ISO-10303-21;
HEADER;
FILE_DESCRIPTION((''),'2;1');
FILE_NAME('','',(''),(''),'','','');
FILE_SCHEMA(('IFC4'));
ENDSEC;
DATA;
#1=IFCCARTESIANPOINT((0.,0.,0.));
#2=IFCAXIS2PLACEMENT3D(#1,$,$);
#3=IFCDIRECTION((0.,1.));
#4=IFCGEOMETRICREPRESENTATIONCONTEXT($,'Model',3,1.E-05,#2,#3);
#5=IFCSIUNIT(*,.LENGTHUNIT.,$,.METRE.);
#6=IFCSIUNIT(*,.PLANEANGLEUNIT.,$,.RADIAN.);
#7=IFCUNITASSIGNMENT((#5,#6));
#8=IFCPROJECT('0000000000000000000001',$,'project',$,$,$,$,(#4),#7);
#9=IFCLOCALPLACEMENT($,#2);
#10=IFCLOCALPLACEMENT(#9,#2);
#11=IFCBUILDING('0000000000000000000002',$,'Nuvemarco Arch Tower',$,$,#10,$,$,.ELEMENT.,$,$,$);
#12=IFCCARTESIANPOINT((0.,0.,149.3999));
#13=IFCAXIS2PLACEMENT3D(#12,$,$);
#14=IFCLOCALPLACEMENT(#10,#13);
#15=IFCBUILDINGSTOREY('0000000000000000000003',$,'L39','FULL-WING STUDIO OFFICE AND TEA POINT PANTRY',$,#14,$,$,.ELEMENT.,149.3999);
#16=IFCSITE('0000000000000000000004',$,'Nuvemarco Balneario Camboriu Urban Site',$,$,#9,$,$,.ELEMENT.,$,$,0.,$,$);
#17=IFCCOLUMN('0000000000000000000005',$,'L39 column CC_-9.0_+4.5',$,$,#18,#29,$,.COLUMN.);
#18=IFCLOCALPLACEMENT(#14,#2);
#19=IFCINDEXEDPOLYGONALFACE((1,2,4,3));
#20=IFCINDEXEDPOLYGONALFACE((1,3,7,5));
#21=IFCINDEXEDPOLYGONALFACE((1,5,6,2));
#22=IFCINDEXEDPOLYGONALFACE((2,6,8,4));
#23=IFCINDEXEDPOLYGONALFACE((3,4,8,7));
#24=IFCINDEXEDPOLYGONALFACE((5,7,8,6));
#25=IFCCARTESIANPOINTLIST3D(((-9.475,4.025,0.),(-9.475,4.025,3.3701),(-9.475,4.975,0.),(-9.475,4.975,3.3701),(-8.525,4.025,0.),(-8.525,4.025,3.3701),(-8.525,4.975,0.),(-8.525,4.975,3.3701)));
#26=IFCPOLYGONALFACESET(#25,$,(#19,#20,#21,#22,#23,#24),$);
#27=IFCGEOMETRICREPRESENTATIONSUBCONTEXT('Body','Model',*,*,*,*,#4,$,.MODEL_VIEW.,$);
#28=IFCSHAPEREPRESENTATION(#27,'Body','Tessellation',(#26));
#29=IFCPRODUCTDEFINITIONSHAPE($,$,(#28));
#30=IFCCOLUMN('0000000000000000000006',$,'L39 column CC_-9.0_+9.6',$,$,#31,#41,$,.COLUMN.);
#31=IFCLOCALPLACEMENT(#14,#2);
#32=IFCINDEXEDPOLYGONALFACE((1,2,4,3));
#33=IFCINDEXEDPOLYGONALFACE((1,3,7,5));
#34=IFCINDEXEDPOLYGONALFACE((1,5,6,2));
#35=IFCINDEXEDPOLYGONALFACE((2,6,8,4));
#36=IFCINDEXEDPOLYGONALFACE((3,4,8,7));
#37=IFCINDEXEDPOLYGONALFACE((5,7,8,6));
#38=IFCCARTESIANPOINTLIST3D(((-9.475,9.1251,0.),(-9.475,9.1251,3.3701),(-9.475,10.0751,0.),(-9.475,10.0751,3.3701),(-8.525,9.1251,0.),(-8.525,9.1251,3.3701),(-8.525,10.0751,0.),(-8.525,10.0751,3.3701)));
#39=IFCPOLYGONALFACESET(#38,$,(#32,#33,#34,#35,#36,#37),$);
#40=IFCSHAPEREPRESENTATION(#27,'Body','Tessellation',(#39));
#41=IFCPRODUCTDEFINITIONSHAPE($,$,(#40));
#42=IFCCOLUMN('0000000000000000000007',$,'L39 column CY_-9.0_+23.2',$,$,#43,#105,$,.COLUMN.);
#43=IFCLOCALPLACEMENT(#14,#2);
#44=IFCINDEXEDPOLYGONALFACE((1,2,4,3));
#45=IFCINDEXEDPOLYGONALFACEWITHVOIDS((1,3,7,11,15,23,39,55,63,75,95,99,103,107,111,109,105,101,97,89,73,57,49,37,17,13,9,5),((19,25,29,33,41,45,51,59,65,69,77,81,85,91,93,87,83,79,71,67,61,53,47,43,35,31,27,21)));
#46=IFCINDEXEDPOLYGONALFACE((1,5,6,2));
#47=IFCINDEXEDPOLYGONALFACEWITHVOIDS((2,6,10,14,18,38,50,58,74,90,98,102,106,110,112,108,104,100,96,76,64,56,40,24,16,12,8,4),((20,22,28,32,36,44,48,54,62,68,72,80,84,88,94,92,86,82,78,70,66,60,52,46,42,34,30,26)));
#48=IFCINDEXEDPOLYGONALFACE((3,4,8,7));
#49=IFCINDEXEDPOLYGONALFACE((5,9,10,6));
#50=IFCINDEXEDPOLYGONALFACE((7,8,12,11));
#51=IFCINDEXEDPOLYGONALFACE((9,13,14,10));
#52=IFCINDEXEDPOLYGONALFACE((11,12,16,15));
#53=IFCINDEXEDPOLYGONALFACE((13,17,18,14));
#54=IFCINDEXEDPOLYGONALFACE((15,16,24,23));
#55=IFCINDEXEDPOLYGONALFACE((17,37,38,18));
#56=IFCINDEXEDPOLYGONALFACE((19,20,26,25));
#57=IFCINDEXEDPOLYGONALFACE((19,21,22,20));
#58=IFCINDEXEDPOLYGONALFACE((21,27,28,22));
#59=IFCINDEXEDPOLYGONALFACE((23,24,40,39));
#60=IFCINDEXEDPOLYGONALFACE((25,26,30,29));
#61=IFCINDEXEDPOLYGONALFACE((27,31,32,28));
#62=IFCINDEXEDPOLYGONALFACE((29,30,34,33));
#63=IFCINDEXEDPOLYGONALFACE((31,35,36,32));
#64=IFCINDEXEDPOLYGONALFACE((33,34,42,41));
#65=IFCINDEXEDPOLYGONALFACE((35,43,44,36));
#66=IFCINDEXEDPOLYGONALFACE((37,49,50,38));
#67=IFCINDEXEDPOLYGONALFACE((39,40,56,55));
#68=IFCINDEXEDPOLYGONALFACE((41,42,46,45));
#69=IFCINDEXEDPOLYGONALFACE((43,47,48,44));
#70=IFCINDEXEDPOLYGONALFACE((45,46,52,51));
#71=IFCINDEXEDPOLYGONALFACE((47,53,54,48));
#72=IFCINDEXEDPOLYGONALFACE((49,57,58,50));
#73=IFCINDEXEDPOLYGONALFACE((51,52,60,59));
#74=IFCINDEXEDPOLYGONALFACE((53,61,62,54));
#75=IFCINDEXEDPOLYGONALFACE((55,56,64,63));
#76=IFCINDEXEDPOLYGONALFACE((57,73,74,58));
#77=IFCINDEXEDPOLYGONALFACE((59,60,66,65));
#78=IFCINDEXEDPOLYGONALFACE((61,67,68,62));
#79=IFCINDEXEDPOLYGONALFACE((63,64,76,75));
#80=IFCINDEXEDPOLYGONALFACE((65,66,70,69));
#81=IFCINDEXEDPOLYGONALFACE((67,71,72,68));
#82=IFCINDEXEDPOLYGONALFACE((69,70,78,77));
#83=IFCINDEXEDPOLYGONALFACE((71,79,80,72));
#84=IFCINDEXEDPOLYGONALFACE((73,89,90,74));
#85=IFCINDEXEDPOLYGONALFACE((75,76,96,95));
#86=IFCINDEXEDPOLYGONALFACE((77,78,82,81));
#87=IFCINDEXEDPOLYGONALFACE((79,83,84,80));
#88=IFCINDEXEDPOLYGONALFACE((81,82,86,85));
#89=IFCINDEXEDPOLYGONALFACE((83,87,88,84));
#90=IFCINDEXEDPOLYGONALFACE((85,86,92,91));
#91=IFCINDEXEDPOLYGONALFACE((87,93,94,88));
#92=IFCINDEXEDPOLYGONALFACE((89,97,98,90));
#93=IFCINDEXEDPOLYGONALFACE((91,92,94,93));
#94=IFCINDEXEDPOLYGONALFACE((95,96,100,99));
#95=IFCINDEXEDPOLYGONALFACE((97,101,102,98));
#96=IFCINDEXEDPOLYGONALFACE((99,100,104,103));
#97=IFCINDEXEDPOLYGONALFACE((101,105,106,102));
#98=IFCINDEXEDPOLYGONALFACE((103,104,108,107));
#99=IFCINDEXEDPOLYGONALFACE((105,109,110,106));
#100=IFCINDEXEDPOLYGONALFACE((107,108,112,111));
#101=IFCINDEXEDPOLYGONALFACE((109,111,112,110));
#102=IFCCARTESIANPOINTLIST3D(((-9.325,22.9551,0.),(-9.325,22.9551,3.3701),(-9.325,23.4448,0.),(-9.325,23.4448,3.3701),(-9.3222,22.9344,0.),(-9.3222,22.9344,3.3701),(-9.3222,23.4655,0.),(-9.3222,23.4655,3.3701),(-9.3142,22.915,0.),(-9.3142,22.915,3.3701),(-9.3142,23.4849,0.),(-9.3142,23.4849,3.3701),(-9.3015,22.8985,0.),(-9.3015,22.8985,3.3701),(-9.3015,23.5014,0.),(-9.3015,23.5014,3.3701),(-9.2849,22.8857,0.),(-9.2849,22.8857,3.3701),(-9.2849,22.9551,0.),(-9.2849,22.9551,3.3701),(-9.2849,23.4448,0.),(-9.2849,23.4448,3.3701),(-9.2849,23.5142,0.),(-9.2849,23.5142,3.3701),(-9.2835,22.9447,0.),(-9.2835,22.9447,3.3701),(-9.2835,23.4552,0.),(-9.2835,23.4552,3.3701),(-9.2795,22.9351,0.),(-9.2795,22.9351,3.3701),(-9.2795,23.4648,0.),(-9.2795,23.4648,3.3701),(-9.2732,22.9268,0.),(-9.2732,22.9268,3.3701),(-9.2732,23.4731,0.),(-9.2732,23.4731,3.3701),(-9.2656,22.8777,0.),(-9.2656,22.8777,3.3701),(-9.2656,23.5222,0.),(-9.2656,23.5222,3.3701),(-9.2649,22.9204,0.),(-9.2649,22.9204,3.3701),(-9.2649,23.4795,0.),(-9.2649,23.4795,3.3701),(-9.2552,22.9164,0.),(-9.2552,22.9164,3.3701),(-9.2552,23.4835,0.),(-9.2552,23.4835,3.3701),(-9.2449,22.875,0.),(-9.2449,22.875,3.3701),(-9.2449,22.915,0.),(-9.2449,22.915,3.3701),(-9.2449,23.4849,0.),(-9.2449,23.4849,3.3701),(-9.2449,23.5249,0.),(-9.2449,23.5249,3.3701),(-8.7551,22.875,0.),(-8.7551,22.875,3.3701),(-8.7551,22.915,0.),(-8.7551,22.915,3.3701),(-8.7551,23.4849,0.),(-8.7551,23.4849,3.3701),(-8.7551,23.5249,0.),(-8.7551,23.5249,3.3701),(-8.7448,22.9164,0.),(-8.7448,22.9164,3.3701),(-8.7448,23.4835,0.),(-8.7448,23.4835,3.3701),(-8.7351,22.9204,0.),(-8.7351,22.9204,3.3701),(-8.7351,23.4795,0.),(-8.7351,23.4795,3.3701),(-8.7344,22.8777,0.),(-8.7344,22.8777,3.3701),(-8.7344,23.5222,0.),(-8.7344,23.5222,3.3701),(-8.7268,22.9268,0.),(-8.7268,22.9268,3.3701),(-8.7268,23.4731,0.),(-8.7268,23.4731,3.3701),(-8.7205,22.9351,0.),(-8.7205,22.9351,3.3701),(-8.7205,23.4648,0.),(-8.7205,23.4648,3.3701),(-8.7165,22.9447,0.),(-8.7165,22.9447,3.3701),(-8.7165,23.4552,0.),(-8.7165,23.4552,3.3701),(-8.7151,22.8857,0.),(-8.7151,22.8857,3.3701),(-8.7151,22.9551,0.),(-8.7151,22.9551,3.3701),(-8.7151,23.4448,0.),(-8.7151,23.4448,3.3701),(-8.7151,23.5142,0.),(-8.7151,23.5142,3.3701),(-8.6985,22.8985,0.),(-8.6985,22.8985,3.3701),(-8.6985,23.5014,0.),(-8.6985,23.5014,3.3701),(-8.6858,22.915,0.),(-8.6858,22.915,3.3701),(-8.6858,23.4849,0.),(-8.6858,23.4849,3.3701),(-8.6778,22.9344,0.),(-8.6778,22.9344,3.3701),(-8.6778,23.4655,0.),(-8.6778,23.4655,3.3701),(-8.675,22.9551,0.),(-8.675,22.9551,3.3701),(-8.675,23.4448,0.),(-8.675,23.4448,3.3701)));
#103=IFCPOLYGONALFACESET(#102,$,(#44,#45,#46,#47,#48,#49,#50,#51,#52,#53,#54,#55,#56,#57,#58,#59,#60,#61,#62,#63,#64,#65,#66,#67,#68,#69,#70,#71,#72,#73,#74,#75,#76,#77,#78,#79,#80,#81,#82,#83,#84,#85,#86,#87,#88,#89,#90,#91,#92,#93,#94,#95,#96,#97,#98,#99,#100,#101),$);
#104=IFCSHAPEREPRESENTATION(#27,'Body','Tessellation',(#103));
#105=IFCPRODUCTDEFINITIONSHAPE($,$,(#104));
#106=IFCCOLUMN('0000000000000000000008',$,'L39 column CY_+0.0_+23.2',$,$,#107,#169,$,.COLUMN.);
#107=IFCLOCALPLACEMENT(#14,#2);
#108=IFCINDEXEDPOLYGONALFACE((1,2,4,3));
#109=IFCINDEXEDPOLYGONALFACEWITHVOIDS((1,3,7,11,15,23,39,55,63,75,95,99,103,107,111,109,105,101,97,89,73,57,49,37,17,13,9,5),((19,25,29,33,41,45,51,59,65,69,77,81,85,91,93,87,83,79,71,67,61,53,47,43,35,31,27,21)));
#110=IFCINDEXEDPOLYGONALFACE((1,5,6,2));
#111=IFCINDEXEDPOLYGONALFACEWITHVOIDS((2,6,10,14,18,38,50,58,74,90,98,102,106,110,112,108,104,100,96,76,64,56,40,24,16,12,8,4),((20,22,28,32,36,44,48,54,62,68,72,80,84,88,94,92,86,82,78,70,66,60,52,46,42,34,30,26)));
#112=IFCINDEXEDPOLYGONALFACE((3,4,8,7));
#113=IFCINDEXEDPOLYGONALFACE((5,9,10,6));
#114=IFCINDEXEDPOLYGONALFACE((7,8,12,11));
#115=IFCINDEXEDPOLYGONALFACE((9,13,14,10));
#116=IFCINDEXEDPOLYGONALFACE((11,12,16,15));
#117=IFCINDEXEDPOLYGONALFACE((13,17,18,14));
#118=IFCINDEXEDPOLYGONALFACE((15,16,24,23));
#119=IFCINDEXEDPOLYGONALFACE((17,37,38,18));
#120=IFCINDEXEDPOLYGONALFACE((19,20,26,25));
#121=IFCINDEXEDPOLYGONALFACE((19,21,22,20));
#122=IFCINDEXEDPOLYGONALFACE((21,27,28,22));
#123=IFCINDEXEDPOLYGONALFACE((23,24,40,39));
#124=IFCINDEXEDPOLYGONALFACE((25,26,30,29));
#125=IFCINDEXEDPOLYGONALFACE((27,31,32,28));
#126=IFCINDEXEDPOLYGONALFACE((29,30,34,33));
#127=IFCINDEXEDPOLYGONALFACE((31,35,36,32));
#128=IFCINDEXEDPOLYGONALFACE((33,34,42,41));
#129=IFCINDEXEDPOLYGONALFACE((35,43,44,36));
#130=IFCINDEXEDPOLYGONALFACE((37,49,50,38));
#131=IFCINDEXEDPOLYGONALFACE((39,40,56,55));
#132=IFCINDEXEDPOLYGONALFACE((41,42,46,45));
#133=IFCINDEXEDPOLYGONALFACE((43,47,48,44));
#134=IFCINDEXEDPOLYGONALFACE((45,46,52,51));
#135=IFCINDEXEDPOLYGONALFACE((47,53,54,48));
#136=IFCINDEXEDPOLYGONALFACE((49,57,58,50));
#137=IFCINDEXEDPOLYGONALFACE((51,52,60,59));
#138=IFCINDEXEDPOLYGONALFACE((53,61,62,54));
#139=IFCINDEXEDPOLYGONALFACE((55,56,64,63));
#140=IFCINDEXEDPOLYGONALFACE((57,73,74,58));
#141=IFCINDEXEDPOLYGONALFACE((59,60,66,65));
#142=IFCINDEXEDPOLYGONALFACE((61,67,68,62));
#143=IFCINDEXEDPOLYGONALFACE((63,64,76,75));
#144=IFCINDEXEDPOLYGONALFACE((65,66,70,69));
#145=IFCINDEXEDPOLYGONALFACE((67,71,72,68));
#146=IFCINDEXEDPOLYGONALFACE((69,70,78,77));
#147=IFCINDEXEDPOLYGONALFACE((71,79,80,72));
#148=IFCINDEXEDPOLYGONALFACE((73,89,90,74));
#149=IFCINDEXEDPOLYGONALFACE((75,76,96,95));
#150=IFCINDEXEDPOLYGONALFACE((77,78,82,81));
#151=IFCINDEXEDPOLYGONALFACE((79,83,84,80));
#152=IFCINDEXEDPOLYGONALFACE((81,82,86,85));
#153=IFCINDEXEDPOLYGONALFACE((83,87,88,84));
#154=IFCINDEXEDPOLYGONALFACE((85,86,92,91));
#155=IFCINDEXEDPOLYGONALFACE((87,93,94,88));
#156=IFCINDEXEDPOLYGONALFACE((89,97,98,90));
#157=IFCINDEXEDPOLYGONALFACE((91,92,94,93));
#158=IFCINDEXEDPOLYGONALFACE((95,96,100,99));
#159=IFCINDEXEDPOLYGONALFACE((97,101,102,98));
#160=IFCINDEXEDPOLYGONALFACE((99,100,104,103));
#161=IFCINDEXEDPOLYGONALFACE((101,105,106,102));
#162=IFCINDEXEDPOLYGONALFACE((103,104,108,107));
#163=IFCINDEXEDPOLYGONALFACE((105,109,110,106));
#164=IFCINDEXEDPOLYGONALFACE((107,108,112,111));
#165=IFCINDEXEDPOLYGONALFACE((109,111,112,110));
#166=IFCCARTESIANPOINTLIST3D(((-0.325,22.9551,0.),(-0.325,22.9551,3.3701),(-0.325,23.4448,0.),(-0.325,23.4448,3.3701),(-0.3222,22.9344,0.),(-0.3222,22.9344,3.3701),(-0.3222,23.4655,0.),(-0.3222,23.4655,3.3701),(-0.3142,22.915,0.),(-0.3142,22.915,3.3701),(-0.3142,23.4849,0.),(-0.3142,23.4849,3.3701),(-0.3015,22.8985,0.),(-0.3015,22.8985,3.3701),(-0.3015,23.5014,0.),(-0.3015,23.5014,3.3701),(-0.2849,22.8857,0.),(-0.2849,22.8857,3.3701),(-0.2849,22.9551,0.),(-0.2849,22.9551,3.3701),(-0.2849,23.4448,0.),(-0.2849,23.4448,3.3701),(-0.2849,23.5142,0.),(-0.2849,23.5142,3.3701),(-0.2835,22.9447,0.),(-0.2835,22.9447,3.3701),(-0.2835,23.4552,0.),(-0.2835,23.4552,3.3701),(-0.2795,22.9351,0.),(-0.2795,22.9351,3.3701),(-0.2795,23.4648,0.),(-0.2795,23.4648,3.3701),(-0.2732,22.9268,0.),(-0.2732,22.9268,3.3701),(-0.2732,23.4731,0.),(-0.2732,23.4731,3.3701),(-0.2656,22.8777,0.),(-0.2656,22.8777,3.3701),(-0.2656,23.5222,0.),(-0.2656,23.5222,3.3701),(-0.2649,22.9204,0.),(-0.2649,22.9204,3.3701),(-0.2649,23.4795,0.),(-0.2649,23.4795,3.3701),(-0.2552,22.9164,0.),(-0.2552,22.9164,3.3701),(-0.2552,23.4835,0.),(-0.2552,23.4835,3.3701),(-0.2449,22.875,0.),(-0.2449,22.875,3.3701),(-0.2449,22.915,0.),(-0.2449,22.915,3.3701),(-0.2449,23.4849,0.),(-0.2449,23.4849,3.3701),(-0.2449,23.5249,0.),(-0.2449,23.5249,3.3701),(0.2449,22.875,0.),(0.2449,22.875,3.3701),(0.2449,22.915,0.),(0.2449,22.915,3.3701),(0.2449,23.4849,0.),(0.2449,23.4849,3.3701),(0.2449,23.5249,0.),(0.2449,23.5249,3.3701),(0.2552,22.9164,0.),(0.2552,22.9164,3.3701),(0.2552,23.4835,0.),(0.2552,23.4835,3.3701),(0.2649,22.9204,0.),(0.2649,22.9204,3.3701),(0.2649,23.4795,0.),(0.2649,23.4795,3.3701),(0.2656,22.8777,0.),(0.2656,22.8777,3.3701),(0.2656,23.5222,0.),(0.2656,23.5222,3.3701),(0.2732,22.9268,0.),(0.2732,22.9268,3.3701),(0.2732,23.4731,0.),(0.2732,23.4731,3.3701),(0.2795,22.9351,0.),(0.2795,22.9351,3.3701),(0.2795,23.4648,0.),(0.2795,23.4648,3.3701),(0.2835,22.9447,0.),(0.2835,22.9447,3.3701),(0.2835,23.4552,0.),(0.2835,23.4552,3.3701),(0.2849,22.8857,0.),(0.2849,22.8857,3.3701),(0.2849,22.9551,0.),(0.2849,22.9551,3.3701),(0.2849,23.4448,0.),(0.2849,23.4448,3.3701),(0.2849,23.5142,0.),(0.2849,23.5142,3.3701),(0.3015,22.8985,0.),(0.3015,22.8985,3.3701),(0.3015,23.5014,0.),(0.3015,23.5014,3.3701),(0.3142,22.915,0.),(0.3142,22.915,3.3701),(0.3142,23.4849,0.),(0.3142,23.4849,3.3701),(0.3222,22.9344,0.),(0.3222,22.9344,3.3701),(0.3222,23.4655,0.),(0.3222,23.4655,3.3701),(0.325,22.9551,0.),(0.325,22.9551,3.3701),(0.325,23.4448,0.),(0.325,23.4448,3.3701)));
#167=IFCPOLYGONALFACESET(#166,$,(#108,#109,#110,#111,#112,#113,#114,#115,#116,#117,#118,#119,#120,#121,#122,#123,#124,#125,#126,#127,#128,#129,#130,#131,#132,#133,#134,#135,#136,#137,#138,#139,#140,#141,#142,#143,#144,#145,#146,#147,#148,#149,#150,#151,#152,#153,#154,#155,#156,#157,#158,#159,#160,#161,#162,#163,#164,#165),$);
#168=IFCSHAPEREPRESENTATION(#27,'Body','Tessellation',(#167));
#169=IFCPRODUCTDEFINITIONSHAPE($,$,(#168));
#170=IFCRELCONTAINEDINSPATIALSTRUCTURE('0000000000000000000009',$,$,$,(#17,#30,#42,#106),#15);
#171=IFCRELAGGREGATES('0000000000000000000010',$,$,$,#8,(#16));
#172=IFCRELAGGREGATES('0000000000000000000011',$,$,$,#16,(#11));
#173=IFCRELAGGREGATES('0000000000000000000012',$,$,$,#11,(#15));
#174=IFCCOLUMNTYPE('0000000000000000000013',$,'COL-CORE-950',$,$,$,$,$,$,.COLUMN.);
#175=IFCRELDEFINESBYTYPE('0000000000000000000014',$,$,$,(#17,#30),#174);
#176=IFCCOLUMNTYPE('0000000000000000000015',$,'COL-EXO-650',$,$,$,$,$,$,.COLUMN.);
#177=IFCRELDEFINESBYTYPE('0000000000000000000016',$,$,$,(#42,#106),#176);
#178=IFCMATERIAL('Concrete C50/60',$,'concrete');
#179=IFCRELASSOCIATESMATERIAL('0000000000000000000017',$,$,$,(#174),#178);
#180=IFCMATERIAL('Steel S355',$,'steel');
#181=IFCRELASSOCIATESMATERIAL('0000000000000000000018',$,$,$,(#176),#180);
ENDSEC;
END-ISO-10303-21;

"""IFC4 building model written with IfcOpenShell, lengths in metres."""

from ifc_helpers import new_model, si_unit, direction, frame, origin, origin_2d, place, context, subcontext, project, spatial, rectangle, hollow_rectangle, extrude, material, material_profile, profile_set, type_object, element, save


model = new_model("IFC4")

# Units and contexts
model_context = context("Model", 3, precision=1e-05, world=origin(), true_north=direction((0.0, 1.0)))
body_context = subcontext(model_context, "Body", "Model", "MODEL_VIEW")
ifc_project = project(units=[si_unit("LENGTHUNIT", "METRE"), si_unit("PLANEANGLEUNIT", "RADIAN")], contexts=[model_context])

# Site, building, storey
site_placement = place(None, origin())
site = spatial("IfcSite", under=ifc_project, at=site_placement, Name="Nuvemarco Balneario Camboriu Urban Site", CompositionType="ELEMENT", RefElevation=0.0)
building_placement = place(site_placement, origin())
building = spatial("IfcBuilding", under=site, at=building_placement, Name="Nuvemarco Arch Tower", CompositionType="ELEMENT")
storey_placement = place(building_placement, frame((0.0, 0.0, 149.3999)))
storey = spatial("IfcBuildingStorey", under=building, at=storey_placement, Name="L39", Description="FULL-WING STUDIO OFFICE AND TEA POINT PANTRY", CompositionType="ELEMENT", Elevation=149.3999)

# Columns
ifc_material_1 = material(Name="Concrete C50/60", Category="concrete")
ifc_material_profile_1 = material_profile(ifc_material_1, rectangle(XDim=0.95, YDim=0.95, at=origin_2d()), Name="RC-COL-950x950")
ifc_profile_set_1 = profile_set([ifc_material_profile_1], Name="Concrete C50/60")
column_type_1 = type_object("IfcColumnType", Name="COL-CORE-950", PredefinedType="COLUMN", material=ifc_profile_set_1)
for number, where, z_axis, x_axis, name in (
    (1, (-9.0, 4.5, 0.0), (0.0, 0.0, 1.0), (1.0, 0.0, 0.0), "L39 column CC_-9.0_+4.5"),
    (2, (-9.0, 9.6001, 0.0), (0.0, 0.0, 1.0), (1.0, 0.0, 0.0), "L39 column CC_-9.0_+9.6"),
):
    element("IfcColumn", number, at=place(storey_placement, frame(where, z_axis=z_axis, x_axis=x_axis)), inside=storey, type_object=column_type_1, Name=name, PredefinedType="COLUMN", context=body_context, shape_type="SweptSolid", body=[
        extrude(rectangle(XDim=0.95, YDim=0.95, at=origin_2d()), origin(), (0.0, 0.0, 1.0), 3.3701),
    ])
ifc_material_2 = material(Name="Steel S355", Category="steel")
ifc_material_profile_2 = material_profile(ifc_material_2, hollow_rectangle(XDim=0.6499, YDim=0.6499, WallThickness=0.04, InnerFilletRadius=0.04, OuterFilletRadius=0.0801, at=origin_2d()), Name="SHS650x650x40")
ifc_profile_set_2 = profile_set([ifc_material_profile_2], Name="Steel S355")
column_type_2 = type_object("IfcColumnType", Name="COL-EXO-650", PredefinedType="COLUMN", material=ifc_profile_set_2)
for number, where, z_axis, x_axis, name in (
    (3, (-9.0, 23.2, 0.0), (0.0, 0.0, 1.0), (1.0, 0.0, 0.0), "L39 column CY_-9.0_+23.2"),
    (4, (0.0, 23.2, 0.0), (0.0, 0.0, 1.0), (1.0, 0.0, 0.0), "L39 column CY_+0.0_+23.2"),
):
    element("IfcColumn", number, at=place(storey_placement, frame(where, z_axis=z_axis, x_axis=x_axis)), inside=storey, type_object=column_type_2, Name=name, PredefinedType="COLUMN", context=body_context, shape_type="SweptSolid", body=[
        extrude(hollow_rectangle(XDim=0.6499, YDim=0.6499, WallThickness=0.04, InnerFilletRadius=0.04, OuterFilletRadius=0.0801, at=origin_2d()), origin(), (0.0, 0.0, 1.0), 3.3701),
    ])

save(model, "model.ifc")
